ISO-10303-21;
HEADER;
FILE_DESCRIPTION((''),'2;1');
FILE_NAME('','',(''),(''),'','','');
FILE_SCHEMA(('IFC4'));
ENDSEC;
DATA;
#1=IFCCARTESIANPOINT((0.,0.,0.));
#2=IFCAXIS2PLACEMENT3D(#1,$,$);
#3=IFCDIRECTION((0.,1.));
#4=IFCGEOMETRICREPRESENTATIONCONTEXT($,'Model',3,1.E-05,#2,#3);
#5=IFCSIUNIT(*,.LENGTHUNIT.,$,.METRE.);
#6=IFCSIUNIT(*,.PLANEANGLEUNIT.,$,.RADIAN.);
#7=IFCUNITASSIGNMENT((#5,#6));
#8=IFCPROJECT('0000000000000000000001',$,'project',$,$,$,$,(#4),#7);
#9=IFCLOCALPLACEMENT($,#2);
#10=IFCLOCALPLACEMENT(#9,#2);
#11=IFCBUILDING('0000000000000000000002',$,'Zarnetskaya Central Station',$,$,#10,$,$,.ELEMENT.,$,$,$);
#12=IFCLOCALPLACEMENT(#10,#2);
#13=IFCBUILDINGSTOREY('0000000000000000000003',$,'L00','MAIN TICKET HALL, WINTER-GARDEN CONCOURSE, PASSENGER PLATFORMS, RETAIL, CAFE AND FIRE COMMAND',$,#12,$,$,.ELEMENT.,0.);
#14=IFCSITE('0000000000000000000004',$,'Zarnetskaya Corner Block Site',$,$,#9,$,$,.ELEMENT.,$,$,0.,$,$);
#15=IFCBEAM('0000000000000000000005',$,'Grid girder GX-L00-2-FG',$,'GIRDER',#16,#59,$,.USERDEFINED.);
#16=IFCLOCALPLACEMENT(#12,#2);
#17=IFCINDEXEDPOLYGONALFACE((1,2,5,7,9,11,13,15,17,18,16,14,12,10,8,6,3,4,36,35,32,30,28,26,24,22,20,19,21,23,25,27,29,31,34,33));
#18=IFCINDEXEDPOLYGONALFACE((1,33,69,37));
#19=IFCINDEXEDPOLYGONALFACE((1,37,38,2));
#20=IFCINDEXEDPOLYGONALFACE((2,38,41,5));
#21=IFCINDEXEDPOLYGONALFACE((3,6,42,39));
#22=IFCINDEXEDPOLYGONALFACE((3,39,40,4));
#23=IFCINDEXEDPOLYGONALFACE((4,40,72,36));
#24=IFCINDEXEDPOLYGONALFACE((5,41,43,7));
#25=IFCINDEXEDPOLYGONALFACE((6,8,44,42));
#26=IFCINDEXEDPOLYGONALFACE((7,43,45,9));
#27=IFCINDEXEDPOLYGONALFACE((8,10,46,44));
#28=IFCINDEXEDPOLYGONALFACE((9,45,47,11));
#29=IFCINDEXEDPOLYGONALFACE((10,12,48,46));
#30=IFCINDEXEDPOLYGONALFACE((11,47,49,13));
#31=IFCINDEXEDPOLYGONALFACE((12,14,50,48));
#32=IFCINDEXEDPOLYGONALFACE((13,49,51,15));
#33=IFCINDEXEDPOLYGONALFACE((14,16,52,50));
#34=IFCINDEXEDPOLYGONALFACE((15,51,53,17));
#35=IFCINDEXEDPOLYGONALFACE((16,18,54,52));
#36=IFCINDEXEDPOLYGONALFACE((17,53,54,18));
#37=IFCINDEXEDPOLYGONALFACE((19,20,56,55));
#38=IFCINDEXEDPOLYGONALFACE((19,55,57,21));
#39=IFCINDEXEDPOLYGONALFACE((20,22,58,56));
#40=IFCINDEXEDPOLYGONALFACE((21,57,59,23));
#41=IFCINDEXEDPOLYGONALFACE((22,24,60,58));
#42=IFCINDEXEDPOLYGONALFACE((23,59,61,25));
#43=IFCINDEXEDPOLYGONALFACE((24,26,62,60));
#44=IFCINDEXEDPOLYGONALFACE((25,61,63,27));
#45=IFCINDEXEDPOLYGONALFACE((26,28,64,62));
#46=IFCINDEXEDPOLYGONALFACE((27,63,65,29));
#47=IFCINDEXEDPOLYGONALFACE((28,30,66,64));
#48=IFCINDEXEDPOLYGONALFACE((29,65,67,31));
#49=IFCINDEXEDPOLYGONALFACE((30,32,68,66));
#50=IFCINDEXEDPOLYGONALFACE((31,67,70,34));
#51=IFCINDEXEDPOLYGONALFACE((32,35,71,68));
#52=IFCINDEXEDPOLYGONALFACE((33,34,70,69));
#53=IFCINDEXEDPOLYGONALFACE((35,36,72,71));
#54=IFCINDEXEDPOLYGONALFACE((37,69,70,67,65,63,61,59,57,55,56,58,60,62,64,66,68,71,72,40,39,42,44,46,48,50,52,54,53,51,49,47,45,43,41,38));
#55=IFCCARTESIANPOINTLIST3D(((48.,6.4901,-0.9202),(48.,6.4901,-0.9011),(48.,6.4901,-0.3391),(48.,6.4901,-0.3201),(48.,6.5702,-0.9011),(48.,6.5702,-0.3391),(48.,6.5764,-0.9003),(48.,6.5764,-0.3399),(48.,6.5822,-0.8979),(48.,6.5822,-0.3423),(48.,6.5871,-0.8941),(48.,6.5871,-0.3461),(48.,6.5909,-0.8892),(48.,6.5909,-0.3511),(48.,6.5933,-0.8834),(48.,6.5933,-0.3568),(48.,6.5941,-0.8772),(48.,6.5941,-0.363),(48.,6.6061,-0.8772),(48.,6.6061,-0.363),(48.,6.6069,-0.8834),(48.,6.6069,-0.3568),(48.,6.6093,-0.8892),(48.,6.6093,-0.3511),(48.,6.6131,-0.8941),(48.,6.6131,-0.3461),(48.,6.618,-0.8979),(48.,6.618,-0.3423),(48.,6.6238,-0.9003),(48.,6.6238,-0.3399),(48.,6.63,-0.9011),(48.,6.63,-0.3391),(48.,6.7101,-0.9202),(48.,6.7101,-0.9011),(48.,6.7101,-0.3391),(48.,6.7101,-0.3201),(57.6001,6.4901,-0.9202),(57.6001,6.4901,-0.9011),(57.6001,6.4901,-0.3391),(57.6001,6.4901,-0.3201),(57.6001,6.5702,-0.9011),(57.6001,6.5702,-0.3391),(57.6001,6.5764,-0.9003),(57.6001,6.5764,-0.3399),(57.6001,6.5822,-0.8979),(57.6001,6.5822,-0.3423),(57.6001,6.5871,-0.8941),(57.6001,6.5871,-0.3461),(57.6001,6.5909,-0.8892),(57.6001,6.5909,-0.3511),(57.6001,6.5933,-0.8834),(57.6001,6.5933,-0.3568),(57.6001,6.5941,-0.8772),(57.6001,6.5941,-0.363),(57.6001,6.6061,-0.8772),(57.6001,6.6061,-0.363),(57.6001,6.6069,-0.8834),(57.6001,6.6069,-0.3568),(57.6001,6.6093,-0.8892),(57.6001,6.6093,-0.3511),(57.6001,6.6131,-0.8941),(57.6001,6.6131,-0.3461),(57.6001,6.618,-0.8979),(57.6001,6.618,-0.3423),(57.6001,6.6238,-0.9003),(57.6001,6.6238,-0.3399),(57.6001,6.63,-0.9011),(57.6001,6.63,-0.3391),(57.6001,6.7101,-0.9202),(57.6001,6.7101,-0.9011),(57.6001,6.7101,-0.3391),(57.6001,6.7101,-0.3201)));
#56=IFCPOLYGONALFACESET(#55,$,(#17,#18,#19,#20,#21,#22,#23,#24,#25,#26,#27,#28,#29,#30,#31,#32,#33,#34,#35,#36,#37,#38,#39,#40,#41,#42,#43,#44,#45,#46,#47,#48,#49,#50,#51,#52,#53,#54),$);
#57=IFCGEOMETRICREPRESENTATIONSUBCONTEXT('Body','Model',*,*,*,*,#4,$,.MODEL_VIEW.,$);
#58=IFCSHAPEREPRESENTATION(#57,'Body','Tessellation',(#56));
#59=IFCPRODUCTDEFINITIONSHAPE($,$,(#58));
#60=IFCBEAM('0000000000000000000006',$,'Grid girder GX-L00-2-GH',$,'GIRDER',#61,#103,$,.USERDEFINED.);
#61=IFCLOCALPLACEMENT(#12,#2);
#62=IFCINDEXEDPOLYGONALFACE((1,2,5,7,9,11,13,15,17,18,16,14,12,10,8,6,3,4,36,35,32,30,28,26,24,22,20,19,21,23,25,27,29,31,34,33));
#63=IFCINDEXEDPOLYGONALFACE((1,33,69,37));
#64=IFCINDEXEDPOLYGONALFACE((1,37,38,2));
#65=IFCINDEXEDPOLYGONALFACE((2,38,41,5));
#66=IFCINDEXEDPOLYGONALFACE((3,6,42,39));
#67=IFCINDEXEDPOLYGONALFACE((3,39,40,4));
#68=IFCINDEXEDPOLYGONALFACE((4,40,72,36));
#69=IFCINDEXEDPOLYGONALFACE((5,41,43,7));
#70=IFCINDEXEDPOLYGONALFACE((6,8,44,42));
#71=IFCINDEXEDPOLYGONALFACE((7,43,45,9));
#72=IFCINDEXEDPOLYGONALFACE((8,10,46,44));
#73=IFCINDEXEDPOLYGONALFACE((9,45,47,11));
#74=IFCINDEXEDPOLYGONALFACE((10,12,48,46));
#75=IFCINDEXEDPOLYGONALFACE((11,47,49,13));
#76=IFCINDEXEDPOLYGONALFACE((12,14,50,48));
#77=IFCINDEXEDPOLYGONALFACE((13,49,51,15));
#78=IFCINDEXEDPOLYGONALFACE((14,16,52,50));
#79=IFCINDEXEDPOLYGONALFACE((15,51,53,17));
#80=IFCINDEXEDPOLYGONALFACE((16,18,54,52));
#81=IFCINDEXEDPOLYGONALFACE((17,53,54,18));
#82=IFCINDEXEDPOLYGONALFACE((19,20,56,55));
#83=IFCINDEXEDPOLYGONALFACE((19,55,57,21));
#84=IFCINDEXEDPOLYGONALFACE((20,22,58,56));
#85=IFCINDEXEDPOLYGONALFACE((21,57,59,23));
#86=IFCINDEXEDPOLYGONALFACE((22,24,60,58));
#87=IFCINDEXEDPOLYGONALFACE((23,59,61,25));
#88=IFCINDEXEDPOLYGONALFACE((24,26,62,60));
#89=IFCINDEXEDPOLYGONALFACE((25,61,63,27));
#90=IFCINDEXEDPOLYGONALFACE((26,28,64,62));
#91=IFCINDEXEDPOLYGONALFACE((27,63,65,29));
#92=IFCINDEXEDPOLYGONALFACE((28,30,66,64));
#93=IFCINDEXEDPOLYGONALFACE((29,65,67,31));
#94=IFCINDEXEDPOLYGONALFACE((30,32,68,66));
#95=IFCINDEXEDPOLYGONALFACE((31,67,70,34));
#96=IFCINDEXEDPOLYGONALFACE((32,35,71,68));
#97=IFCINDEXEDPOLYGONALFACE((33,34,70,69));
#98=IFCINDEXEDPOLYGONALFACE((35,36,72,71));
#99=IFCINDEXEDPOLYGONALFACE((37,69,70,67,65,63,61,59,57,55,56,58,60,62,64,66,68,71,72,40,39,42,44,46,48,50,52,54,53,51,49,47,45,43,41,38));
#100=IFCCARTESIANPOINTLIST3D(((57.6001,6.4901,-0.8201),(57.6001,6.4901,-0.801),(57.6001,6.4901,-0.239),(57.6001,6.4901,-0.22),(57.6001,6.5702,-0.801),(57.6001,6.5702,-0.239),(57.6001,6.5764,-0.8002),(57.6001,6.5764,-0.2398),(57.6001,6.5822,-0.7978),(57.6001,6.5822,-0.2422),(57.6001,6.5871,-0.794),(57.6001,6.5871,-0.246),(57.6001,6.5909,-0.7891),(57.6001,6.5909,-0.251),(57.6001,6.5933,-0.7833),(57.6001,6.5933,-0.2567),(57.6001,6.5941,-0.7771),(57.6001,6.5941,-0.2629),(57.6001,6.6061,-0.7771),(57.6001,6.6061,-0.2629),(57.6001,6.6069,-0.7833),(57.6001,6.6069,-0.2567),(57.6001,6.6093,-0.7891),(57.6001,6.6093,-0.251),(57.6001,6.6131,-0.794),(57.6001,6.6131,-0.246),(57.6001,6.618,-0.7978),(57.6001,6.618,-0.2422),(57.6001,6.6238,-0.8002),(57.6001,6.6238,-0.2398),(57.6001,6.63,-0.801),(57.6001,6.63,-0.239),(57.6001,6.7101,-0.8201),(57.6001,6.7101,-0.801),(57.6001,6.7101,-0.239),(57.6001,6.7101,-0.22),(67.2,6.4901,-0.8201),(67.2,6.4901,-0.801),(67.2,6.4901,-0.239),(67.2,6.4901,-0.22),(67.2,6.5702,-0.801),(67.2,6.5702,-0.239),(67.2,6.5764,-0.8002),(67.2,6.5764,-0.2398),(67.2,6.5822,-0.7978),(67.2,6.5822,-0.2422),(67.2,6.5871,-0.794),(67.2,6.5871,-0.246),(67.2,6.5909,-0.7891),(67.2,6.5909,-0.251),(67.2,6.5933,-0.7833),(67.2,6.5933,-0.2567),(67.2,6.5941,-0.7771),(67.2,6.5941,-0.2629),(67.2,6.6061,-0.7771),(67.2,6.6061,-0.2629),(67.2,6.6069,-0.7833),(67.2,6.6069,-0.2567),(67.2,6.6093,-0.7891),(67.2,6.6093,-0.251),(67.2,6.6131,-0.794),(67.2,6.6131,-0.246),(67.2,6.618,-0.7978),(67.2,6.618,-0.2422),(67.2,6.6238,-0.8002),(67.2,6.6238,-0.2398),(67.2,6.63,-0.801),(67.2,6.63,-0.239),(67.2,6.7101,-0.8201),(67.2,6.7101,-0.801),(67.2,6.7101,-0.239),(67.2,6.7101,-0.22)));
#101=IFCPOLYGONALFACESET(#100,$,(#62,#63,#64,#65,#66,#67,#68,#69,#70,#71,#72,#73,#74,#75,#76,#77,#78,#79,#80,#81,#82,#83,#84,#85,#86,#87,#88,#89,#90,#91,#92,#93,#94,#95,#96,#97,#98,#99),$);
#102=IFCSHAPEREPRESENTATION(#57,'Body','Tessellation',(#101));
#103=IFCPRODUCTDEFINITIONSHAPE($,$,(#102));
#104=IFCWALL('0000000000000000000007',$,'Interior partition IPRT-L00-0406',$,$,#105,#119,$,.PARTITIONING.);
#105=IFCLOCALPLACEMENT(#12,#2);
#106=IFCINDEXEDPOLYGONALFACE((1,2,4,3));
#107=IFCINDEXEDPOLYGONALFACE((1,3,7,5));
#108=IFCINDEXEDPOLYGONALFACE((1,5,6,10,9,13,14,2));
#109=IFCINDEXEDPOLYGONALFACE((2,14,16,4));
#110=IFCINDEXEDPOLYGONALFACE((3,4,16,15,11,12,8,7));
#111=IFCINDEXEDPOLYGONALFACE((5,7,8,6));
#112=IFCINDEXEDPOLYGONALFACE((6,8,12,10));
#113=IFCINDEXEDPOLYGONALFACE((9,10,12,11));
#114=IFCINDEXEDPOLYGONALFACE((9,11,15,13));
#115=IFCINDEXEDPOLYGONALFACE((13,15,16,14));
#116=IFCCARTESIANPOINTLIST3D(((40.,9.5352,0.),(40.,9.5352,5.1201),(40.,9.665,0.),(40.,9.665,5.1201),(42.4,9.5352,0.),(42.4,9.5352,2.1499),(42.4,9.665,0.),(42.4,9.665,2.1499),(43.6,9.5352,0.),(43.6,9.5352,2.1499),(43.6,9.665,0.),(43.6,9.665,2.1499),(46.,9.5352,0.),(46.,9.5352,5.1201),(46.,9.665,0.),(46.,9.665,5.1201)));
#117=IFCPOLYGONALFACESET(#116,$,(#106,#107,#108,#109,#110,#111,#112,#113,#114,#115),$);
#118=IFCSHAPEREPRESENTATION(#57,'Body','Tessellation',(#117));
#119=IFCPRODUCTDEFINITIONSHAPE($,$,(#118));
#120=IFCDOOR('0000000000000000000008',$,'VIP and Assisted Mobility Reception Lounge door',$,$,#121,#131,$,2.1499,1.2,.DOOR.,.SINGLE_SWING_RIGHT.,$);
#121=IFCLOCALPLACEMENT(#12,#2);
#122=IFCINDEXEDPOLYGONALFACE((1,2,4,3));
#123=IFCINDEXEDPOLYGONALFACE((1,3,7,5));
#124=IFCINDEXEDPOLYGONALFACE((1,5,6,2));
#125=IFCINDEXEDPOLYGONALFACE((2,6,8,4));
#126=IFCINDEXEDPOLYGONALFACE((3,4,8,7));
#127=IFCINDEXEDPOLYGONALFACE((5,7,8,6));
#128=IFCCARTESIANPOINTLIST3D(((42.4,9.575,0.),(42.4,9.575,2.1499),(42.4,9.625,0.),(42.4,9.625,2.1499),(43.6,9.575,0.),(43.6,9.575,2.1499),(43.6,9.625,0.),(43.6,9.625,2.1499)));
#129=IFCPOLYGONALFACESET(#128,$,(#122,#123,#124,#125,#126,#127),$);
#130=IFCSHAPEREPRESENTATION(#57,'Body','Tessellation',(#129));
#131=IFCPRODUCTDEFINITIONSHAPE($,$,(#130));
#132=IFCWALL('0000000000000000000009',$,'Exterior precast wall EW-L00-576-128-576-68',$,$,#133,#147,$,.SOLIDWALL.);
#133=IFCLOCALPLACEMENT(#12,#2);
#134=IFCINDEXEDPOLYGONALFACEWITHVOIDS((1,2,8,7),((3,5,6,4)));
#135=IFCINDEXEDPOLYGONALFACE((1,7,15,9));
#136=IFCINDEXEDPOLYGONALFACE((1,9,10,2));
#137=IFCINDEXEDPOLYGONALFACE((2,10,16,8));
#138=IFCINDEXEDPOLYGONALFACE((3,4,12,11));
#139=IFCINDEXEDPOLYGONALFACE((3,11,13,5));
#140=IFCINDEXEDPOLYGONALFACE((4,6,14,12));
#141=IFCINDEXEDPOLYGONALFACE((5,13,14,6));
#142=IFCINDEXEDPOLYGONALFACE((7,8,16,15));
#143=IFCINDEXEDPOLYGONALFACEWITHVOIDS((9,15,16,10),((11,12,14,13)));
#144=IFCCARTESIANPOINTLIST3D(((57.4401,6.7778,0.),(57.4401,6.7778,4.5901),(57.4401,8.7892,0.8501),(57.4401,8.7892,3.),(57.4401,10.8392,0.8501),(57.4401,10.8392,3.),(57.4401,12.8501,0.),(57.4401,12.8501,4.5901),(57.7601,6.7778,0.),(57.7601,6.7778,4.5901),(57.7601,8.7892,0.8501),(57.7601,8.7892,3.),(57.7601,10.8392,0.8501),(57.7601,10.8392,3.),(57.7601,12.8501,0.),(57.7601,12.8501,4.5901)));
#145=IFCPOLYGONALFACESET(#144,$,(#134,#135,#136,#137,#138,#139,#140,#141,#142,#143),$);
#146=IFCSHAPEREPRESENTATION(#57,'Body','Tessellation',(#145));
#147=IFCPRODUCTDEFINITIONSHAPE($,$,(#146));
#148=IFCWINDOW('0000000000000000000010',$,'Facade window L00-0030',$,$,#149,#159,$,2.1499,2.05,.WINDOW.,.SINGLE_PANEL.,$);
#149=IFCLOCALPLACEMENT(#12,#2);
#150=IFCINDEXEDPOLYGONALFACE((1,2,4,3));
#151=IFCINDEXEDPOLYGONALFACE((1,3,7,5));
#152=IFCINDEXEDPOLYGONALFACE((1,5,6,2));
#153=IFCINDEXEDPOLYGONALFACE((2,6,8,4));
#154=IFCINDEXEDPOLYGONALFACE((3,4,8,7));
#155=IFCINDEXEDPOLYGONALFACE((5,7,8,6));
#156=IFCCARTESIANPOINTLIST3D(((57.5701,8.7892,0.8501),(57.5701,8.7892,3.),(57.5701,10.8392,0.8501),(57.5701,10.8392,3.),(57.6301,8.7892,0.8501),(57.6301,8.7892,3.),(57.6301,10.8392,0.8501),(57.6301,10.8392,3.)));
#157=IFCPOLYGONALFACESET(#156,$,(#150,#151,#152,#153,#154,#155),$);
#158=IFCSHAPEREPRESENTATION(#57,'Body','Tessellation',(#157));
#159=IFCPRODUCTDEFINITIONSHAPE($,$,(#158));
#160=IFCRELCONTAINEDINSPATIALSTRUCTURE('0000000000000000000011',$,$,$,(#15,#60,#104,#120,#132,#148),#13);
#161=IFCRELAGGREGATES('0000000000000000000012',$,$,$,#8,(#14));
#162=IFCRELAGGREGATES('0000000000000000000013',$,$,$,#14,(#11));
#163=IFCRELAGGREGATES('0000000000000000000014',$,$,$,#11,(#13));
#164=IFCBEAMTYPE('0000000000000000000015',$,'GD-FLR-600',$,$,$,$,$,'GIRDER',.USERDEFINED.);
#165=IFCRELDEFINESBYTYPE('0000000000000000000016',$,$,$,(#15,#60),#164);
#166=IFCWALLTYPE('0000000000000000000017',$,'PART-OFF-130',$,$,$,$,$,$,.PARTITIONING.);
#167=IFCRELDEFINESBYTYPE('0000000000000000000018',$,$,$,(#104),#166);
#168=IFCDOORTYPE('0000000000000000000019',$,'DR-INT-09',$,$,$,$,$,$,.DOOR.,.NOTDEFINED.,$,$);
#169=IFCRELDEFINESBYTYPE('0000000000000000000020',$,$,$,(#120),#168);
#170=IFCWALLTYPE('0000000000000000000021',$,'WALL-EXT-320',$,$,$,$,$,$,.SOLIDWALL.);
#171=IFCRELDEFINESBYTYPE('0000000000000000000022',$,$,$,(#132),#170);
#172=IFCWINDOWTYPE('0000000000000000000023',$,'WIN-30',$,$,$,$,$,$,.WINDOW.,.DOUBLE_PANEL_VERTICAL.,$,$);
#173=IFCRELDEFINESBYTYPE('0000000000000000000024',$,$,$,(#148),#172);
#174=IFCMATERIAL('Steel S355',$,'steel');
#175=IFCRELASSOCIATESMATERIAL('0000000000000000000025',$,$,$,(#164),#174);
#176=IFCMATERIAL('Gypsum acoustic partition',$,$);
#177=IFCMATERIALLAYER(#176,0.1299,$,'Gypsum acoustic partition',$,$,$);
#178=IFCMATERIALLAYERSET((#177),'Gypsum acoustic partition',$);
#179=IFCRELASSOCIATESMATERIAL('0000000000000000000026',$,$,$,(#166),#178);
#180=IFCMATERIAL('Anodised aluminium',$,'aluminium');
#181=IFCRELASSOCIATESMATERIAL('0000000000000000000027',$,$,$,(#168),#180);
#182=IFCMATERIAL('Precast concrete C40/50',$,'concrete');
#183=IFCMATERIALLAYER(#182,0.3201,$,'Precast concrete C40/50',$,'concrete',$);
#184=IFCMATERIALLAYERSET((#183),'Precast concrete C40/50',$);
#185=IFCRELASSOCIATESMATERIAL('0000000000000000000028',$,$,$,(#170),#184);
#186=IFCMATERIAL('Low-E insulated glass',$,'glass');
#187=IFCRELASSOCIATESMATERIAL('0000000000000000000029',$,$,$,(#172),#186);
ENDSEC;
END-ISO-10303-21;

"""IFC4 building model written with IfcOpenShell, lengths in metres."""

from ifc_helpers import new_model, si_unit, direction, frame, frame_2d, origin, origin_2d, place, context, subcontext, project, spatial, rectangle, i_section, extrude, material, layer, layer_set, material_profile, profile_set, type_object, element, fill, save


model = new_model("IFC4")

# Units and contexts
model_context = context("Model", 3, precision=1e-05, world=origin(), true_north=direction((0.0, 1.0)))
body_context = subcontext(model_context, "Body", "Model", "MODEL_VIEW")
ifc_project = project(units=[si_unit("LENGTHUNIT", "METRE"), si_unit("PLANEANGLEUNIT", "RADIAN")], contexts=[model_context])

# Site, building, storey
site_placement = place(None, origin())
site = spatial("IfcSite", under=ifc_project, at=site_placement, Name="Zarnetskaya Corner Block Site", CompositionType="ELEMENT", RefElevation=0.0)
building_placement = place(site_placement, origin())
building = spatial("IfcBuilding", under=site, at=building_placement, Name="Zarnetskaya Central Station", CompositionType="ELEMENT")
storey_placement = place(building_placement, origin())
storey = spatial("IfcBuildingStorey", under=building, at=storey_placement, Name="L00", Description="MAIN TICKET HALL, WINTER-GARDEN CONCOURSE, PASSENGER PLATFORMS, RETAIL, CAFE AND FIRE COMMAND", CompositionType="ELEMENT", Elevation=0.0)

# Shared definitions
ifc_material_1 = material(Name="Steel S355", Category="steel")

# Beams
ifc_material_profile_1 = material_profile(ifc_material_1, i_section(OverallWidth=0.22, OverallDepth=0.6001, WebThickness=0.012, FlangeThickness=0.019, FilletRadius=0.0239, at=origin_2d()), Name="IPE 600")
ifc_profile_set_1 = profile_set([ifc_material_profile_1], Name="Steel S355")
beam_type_1 = type_object("IfcBeamType", Name="GD-FLR-600", ElementType="GIRDER", PredefinedType="USERDEFINED", material=ifc_profile_set_1)
beam_1_placement = place(storey_placement, frame((48.0, 6.6001, -0.6201), z_axis=(1.0, 0.0, 0.0), x_axis=(0.0, 1.0, 0.0)))
element("IfcBeam", 1, at=beam_1_placement, inside=storey, type_object=beam_type_1, Name="Grid girder GX-L00-2-FG", ObjectType="GIRDER", PredefinedType="USERDEFINED", context=body_context, shape_type="SweptSolid", body=[
    extrude(i_section(OverallWidth=0.22, OverallDepth=0.6001, WebThickness=0.012, FlangeThickness=0.019, FilletRadius=0.0239, at=origin_2d()), origin(), (0.0, 0.0, 1.0), 9.6001),
])
beam_2_placement = place(storey_placement, frame((57.6001, 6.6001, -0.52), z_axis=(1.0, 0.0, 0.0), x_axis=(0.0, 1.0, 0.0)))
element("IfcBeam", 2, at=beam_2_placement, inside=storey, type_object=beam_type_1, Name="Grid girder GX-L00-2-GH", ObjectType="GIRDER", PredefinedType="USERDEFINED", context=body_context, shape_type="SweptSolid", body=[
    extrude(i_section(OverallWidth=0.22, OverallDepth=0.6001, WebThickness=0.012, FlangeThickness=0.019, FilletRadius=0.0239, at=origin_2d()), origin(), (0.0, 0.0, 1.0), 9.5999),
])

# Wall, opening, door
ifc_material_2 = material(Name="Gypsum acoustic partition")
ifc_layer_1 = layer(ifc_material_2, 0.1299, Name="Gypsum acoustic partition")
ifc_layer_set_1 = layer_set([ifc_layer_1], Name="Gypsum acoustic partition")
wall_type_1 = type_object("IfcWallType", Name="PART-OFF-130", PredefinedType="PARTITIONING", material=ifc_layer_set_1)
wall_1_placement = place(storey_placement, frame((40.0, 9.6001, 0.0), z_axis=(0.0, 0.0, 1.0), x_axis=(1.0, 0.0, 0.0)))
wall_1 = element("IfcWall", 3, at=wall_1_placement, inside=storey, type_object=wall_type_1, Name="Interior partition IPRT-L00-0406", PredefinedType="PARTITIONING", context=body_context, shape_type="SweptSolid", body=[
    extrude(rectangle(XDim=6.0, YDim=0.1299, at=frame_2d((3.0, 0.0))), origin(), (0.0, 0.0, 1.0), 5.1201),
])
opening_1_placement = place(wall_1_placement, frame((2.3999, 0.0, 0.0)))
opening_1 = element("IfcOpeningElement", 4, at=opening_1_placement, cuts=wall_1, PredefinedType="OPENING", context=body_context, shape_type="SweptSolid", body=[
    extrude(rectangle(XDim=1.2, YDim=2.1499, at=frame_2d((0.6001, 1.075))), frame((0.0, 0.075, 0.0), z_axis=(0.0, -1.0, 0.0), x_axis=(1.0, 0.0, 0.0)), (0.0, 0.0, 1.0), 0.1499),
])
ifc_material_3 = material(Name="Anodised aluminium", Category="aluminium")
door_type_1 = type_object("IfcDoorType", Name="DR-INT-09", OperationType="NOTDEFINED", PredefinedType="DOOR", material=ifc_material_3)
door_1_placement = place(opening_1_placement, origin())
door_1 = element("IfcDoor", 5, at=door_1_placement, inside=storey, type_object=door_type_1, Name="VIP and Assisted Mobility Reception Lounge door", OperationType="SINGLE_SWING_RIGHT", OverallHeight=2.1499, OverallWidth=1.2, PredefinedType="DOOR", context=body_context, shape_type="SweptSolid", body=[
    extrude(rectangle(XDim=1.2, YDim=2.1499, at=frame_2d((0.6001, 1.075))), frame((0.0, 0.0249, 0.0), z_axis=(0.0, -1.0, 0.0), x_axis=(1.0, 0.0, 0.0)), (0.0, 0.0, 1.0), 0.05),
])
fill(opening_1, door_1)

# Wall, opening, window
ifc_material_4 = material(Name="Precast concrete C40/50", Category="concrete")
ifc_layer_2 = layer(ifc_material_4, 0.3201, Name="Precast concrete C40/50", Category="concrete")
ifc_layer_set_2 = layer_set([ifc_layer_2], Name="Precast concrete C40/50")
wall_type_2 = type_object("IfcWallType", Name="WALL-EXT-320", PredefinedType="SOLIDWALL", material=ifc_layer_set_2)
wall_2_placement = place(storey_placement, frame((57.6001, 12.8501, 0.0), z_axis=(0.0, 0.0, 1.0), x_axis=(0.0, -1.0, 0.0)))
wall_2 = element("IfcWall", 6, at=wall_2_placement, inside=storey, type_object=wall_type_2, Name="Exterior precast wall EW-L00-576-128-576-68", PredefinedType="SOLIDWALL", context=body_context, shape_type="SweptSolid", body=[
    extrude(rectangle(XDim=6.0723, YDim=0.3201, at=frame_2d((3.0361, 0.0))), origin(), (0.0, 0.0, 1.0), 4.5901),
])
opening_2_placement = place(wall_2_placement, frame((2.011, 0.0, 0.8501)))
opening_2 = element("IfcOpeningElement", 7, at=opening_2_placement, cuts=wall_2, PredefinedType="OPENING", context=body_context, shape_type="SweptSolid", body=[
    extrude(rectangle(XDim=2.05, YDim=2.1499, at=frame_2d((1.0249, 1.075))), frame((0.0, 0.1699, 0.0), z_axis=(0.0, -1.0, 0.0), x_axis=(1.0, 0.0, 0.0)), (0.0, 0.0, 1.0), 0.3401),
])
ifc_material_5 = material(Name="Low-E insulated glass", Category="glass")
window_type_1 = type_object("IfcWindowType", Name="WIN-30", PartitioningType="DOUBLE_PANEL_VERTICAL", PredefinedType="WINDOW", material=ifc_material_5)
window_1_placement = place(opening_2_placement, origin())
window_1 = element("IfcWindow", 8, at=window_1_placement, inside=storey, type_object=window_type_1, Name="Facade window L00-0030", OverallHeight=2.1499, OverallWidth=2.05, PartitioningType="SINGLE_PANEL", PredefinedType="WINDOW", context=body_context, shape_type="SweptSolid", body=[
    extrude(rectangle(XDim=2.05, YDim=2.1499, at=frame_2d((1.0249, 1.075))), frame((0.0, 0.03, 0.0), z_axis=(0.0, -1.0, 0.0), x_axis=(1.0, 0.0, 0.0)), (0.0, 0.0, 1.0), 0.0601),
])
fill(opening_2, window_1)

save(model, "model.ifc")
